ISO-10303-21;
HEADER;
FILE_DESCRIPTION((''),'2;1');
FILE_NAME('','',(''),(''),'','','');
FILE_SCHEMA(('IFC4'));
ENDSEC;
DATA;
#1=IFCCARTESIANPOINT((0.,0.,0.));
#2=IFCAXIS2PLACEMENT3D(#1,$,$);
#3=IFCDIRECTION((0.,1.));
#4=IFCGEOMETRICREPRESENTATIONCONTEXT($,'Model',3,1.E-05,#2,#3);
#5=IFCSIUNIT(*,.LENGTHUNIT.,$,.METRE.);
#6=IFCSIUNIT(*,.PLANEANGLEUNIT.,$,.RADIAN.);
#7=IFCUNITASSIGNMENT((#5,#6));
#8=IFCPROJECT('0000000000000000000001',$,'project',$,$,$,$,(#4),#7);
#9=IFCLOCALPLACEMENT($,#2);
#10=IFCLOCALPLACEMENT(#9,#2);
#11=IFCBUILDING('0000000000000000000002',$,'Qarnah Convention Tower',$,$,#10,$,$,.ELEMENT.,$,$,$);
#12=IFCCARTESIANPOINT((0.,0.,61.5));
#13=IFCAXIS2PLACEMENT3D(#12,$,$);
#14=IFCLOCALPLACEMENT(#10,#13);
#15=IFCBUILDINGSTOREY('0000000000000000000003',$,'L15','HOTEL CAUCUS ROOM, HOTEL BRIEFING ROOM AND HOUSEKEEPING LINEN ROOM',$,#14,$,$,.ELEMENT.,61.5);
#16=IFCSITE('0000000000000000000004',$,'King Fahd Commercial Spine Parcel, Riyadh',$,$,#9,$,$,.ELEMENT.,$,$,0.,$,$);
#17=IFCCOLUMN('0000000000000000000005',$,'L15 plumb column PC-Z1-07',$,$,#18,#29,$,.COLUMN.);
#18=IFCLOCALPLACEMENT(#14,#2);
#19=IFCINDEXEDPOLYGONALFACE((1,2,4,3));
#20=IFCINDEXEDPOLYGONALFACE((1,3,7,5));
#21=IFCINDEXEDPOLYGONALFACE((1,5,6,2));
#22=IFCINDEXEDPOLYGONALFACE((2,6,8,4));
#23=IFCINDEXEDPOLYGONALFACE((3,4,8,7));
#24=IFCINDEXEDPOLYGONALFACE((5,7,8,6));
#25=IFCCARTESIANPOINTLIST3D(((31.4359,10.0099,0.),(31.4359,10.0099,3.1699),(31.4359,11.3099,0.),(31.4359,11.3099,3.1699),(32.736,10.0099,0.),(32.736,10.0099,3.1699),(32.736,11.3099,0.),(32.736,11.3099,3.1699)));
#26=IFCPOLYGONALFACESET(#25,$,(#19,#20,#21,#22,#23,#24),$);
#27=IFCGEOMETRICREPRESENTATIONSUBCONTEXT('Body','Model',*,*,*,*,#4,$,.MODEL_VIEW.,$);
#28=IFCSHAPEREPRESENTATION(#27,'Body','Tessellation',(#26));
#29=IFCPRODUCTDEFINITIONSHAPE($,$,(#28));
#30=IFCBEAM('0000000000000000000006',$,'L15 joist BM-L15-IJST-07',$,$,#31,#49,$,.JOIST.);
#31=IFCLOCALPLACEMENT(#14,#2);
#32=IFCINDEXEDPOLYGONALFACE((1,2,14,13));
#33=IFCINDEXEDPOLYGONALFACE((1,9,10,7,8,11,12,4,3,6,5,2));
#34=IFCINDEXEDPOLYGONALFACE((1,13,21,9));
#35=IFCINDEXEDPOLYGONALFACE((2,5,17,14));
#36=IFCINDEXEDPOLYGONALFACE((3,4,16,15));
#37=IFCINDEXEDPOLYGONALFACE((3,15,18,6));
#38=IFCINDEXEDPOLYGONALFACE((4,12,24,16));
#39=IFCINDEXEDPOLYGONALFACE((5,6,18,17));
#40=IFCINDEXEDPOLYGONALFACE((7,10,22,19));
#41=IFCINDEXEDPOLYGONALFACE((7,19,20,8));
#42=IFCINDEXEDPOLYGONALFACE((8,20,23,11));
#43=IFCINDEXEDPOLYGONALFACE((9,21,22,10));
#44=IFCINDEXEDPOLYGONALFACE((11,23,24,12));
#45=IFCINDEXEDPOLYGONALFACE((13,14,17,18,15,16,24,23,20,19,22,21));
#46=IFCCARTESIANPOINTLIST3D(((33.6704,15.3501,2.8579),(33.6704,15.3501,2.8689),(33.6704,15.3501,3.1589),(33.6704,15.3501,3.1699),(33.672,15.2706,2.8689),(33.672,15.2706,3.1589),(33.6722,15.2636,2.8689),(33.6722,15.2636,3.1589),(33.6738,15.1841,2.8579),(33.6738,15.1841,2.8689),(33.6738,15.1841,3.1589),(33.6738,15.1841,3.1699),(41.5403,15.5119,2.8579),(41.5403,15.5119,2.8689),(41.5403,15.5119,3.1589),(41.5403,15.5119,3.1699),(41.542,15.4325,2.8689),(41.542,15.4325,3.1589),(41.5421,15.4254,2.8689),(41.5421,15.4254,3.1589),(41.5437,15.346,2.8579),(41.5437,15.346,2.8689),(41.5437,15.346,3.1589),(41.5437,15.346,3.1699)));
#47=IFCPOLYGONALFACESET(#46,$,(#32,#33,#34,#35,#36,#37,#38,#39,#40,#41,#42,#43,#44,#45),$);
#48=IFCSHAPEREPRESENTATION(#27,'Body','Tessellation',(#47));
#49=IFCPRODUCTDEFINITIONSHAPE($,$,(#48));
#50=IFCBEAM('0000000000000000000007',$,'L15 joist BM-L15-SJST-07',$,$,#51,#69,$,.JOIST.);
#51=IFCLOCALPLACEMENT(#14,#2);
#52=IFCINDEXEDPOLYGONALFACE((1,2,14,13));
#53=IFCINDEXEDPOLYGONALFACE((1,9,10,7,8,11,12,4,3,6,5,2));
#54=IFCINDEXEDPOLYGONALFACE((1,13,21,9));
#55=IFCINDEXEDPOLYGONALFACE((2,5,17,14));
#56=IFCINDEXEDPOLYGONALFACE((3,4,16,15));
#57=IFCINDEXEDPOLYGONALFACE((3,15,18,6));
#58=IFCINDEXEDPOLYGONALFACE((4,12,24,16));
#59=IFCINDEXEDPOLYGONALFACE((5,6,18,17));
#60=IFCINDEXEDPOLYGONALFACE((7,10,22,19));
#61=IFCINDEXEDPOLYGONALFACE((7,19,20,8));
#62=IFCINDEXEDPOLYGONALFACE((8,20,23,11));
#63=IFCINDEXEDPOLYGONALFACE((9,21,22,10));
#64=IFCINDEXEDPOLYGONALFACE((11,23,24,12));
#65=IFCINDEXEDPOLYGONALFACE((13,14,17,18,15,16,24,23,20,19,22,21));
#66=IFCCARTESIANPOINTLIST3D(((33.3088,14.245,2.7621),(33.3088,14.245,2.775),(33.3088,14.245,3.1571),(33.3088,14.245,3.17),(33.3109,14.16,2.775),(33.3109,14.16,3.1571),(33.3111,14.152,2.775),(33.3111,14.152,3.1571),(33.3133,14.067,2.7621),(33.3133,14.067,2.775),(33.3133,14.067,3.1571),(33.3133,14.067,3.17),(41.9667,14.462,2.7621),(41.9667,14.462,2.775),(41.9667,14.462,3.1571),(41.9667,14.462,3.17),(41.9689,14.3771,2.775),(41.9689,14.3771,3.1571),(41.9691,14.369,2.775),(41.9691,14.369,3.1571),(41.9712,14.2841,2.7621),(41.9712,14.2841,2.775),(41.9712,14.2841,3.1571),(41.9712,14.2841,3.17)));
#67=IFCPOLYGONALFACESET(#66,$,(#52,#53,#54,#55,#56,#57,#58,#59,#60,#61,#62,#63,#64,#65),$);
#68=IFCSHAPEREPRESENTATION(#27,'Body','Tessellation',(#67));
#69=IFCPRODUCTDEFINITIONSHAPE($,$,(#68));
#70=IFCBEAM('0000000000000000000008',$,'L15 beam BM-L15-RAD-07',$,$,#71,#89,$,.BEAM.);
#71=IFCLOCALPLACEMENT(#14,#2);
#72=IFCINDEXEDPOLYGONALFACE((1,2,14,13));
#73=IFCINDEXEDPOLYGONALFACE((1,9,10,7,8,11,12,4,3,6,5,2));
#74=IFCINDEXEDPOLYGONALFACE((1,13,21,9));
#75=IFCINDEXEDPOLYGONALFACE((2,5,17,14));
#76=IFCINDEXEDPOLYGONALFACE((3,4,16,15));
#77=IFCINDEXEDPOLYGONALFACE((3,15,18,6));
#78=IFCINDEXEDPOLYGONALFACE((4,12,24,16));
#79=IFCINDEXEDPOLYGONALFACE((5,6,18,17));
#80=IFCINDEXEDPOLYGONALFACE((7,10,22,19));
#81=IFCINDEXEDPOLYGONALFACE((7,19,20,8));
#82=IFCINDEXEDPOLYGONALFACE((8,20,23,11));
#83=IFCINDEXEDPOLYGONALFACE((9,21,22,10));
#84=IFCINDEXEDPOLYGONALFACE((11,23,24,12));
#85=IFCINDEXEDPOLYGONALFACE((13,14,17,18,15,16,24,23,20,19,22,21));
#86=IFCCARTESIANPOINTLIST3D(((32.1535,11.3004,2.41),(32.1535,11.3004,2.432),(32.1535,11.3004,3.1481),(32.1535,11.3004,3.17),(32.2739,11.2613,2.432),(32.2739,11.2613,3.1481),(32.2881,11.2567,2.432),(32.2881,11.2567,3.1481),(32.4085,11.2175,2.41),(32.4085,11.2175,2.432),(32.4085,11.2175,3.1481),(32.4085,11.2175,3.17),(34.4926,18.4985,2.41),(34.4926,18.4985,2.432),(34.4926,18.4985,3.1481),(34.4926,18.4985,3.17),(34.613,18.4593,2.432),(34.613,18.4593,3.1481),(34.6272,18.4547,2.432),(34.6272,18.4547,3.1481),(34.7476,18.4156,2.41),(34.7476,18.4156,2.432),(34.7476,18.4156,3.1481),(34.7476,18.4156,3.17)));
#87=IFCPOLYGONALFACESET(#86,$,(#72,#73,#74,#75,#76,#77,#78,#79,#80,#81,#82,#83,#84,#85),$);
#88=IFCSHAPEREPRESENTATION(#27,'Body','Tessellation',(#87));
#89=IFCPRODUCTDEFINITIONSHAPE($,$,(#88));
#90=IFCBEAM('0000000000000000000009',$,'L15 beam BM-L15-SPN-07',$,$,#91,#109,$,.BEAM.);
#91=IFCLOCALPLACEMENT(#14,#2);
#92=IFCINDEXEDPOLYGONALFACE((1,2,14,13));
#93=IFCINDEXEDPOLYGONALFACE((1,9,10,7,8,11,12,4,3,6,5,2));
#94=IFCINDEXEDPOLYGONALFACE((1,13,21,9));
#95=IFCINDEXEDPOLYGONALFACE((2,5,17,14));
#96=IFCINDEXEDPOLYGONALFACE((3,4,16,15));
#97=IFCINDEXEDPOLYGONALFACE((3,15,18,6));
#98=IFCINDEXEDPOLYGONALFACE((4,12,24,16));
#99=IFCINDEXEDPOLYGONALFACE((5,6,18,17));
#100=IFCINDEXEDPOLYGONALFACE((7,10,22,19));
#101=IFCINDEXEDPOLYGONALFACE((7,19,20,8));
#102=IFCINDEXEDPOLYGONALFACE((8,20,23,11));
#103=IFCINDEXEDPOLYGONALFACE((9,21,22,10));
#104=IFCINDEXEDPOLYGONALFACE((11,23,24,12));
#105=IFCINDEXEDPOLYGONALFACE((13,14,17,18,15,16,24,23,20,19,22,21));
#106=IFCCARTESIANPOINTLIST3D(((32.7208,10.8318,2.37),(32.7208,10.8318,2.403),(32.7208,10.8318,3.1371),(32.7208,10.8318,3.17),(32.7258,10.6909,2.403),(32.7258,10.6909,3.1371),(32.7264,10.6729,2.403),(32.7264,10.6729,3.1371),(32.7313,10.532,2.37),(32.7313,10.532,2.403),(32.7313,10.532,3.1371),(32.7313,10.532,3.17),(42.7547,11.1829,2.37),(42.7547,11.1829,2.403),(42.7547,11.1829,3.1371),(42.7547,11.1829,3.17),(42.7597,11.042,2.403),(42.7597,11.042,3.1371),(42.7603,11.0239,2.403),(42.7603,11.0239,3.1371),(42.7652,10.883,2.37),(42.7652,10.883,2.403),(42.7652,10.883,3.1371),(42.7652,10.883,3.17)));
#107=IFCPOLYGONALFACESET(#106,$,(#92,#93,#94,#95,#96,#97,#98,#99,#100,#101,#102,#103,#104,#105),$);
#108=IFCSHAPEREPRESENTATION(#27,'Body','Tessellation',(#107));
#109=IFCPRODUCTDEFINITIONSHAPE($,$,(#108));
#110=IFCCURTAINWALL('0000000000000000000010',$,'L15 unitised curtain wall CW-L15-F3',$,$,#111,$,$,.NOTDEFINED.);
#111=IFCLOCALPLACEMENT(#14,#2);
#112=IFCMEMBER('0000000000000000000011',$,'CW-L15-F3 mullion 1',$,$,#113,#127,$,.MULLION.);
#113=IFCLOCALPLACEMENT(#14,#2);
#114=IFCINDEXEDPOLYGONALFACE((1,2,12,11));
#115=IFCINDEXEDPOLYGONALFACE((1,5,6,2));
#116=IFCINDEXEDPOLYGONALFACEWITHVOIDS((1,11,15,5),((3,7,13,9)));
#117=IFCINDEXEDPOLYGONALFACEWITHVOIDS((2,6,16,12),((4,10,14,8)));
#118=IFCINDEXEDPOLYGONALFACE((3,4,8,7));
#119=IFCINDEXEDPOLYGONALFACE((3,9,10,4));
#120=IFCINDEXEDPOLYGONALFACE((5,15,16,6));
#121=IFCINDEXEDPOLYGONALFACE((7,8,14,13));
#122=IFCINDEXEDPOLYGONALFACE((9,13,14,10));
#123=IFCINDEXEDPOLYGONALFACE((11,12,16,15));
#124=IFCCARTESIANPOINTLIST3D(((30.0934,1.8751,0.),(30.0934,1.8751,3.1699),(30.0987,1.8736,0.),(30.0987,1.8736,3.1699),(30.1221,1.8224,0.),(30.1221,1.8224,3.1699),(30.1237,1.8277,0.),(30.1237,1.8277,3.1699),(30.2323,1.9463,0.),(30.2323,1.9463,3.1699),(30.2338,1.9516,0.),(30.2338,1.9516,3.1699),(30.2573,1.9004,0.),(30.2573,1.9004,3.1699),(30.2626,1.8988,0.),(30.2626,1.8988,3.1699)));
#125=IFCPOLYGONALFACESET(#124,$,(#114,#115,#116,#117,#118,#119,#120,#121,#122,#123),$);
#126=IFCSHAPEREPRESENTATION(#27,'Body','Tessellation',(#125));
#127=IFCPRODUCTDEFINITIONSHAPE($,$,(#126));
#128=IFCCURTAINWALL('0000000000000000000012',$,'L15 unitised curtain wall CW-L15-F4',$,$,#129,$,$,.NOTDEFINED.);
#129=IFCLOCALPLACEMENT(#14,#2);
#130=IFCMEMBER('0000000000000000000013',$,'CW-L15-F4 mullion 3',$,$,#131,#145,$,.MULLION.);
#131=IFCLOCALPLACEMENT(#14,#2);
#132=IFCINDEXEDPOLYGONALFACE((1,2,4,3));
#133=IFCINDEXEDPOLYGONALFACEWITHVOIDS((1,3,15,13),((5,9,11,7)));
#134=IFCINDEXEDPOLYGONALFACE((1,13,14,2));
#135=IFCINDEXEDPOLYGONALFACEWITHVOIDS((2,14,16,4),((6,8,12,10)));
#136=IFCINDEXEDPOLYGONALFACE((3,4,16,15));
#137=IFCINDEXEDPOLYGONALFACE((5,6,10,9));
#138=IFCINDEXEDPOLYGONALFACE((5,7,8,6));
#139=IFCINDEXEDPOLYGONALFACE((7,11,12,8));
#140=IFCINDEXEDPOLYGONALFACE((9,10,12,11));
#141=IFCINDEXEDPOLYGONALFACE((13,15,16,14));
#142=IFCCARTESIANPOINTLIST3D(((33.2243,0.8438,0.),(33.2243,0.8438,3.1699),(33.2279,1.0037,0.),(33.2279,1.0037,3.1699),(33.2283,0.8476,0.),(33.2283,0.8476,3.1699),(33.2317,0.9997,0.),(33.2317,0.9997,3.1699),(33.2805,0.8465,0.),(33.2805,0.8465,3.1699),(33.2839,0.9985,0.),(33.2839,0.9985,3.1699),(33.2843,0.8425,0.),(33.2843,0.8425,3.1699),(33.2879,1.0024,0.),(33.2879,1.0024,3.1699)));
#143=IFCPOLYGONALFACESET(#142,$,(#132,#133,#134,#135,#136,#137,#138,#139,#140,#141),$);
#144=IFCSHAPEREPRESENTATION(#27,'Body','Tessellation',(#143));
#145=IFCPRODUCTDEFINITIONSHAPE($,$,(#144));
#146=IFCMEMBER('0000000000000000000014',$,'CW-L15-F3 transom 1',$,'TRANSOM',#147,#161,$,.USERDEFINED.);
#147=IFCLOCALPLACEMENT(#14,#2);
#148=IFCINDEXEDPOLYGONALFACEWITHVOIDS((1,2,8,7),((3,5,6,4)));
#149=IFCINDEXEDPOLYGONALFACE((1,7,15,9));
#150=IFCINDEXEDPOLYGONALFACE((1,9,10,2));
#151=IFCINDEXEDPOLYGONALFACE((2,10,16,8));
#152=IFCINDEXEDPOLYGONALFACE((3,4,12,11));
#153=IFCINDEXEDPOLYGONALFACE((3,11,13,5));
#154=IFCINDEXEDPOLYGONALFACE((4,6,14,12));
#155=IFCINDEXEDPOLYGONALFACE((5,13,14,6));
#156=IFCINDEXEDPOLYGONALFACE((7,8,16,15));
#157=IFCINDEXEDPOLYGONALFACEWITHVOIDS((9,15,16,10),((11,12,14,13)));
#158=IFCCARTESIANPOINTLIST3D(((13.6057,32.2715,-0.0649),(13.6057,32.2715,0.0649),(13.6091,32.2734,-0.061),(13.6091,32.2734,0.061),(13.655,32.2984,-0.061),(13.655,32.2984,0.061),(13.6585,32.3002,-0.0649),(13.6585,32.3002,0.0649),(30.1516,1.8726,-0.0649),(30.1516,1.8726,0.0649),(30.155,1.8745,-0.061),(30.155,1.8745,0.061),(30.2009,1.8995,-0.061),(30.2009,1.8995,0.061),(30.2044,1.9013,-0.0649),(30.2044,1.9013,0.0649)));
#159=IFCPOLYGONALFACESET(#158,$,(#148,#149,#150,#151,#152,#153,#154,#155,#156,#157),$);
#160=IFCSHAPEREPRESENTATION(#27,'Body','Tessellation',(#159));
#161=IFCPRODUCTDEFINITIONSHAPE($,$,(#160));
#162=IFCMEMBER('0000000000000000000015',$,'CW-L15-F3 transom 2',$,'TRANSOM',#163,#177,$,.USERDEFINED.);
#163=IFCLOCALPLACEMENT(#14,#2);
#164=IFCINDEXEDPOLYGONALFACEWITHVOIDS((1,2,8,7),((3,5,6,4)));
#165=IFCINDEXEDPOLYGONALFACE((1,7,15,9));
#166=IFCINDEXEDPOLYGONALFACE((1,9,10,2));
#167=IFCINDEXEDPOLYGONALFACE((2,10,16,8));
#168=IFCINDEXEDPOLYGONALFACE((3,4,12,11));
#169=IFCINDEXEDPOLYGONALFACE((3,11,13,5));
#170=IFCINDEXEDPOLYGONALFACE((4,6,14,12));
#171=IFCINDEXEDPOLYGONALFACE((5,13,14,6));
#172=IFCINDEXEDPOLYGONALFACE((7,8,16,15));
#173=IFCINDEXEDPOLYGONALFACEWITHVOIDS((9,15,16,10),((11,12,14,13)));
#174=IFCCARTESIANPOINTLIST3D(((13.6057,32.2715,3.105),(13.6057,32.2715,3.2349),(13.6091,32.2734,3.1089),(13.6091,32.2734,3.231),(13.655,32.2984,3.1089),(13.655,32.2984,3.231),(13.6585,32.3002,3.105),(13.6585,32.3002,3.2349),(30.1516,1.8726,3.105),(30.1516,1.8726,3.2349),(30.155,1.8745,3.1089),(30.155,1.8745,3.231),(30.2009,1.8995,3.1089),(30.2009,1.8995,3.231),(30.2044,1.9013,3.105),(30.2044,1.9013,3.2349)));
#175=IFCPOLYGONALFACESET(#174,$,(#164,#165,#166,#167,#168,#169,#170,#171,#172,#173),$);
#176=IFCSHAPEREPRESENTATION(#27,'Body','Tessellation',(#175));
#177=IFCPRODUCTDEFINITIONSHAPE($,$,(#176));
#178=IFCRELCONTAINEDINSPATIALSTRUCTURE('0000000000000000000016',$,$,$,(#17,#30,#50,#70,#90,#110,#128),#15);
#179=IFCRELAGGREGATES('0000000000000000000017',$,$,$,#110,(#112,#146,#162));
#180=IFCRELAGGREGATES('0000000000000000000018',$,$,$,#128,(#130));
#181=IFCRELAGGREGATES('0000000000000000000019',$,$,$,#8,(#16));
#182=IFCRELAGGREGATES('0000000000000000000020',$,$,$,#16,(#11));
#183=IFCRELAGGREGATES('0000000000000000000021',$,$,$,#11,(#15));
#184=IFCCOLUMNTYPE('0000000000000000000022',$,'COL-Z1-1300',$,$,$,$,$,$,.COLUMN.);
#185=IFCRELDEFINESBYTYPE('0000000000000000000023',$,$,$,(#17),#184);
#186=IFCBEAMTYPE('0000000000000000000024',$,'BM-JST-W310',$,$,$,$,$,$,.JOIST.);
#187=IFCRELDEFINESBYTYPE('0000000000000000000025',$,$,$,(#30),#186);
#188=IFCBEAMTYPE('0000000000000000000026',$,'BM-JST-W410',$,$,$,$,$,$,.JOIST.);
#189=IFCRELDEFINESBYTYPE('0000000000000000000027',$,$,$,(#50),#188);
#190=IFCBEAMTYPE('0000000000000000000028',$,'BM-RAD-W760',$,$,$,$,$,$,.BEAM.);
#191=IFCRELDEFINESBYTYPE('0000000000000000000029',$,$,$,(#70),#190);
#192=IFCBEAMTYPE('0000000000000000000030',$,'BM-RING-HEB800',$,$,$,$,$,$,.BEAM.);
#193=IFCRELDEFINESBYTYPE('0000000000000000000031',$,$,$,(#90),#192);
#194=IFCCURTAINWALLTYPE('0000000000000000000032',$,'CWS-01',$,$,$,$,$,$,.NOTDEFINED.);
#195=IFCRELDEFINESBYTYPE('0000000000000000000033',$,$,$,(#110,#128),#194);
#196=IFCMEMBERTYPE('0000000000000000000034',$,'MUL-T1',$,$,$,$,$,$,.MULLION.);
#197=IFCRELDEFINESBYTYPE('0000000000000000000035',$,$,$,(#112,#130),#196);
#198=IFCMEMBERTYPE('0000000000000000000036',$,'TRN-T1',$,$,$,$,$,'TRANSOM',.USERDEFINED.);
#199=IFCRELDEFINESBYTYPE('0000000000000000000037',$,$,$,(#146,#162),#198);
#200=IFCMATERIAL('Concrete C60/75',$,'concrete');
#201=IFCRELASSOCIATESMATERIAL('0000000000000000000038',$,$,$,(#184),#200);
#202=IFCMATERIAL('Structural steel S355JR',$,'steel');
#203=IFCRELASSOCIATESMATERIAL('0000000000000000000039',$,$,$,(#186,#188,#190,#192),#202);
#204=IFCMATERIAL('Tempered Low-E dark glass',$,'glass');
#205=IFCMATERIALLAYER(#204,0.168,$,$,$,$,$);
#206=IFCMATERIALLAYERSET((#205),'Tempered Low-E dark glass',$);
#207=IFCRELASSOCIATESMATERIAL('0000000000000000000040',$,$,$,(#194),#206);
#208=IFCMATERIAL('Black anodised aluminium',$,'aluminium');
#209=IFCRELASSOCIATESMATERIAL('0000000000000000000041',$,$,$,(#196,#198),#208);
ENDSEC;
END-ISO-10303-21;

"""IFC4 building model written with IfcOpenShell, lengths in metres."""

from ifc_helpers import new_model, si_unit, direction, frame, origin, origin_2d, place, context, subcontext, project, spatial, rectangle, hollow_rectangle, i_section, extrude, material, layer, layer_set, material_profile, profile_set, type_object, element, aggregate, save


model = new_model("IFC4")

# Units and contexts
model_context = context("Model", 3, precision=1e-05, world=origin(), true_north=direction((0.0, 1.0)))
body_context = subcontext(model_context, "Body", "Model", "MODEL_VIEW")
ifc_project = project(units=[si_unit("LENGTHUNIT", "METRE"), si_unit("PLANEANGLEUNIT", "RADIAN")], contexts=[model_context])

# Site, building, storey
site_placement = place(None, origin())
site = spatial("IfcSite", under=ifc_project, at=site_placement, Name="King Fahd Commercial Spine Parcel, Riyadh", CompositionType="ELEMENT", RefElevation=0.0)
building_placement = place(site_placement, origin())
building = spatial("IfcBuilding", under=site, at=building_placement, Name="Qarnah Convention Tower", CompositionType="ELEMENT")
storey_placement = place(building_placement, frame((0.0, 0.0, 61.5)))
storey = spatial("IfcBuildingStorey", under=building, at=storey_placement, Name="L15", Description="HOTEL CAUCUS ROOM, HOTEL BRIEFING ROOM AND HOUSEKEEPING LINEN ROOM", CompositionType="ELEMENT", Elevation=61.5)

# Column
ifc_material_1 = material(Name="Concrete C60/75", Category="concrete")
ifc_material_profile_1 = material_profile(ifc_material_1, rectangle(XDim=1.3, YDim=1.3, at=origin_2d()), Name="RC-COL-1300X1300")
ifc_profile_set_1 = profile_set([ifc_material_profile_1], Name="Concrete C60/75")
column_type = type_object("IfcColumnType", Name="COL-Z1-1300", PredefinedType="COLUMN", material=ifc_profile_set_1)
column_placement = place(storey_placement, frame((32.0859, 10.6599, 0.0), z_axis=(0.0, 0.0, 1.0), x_axis=(1.0, 0.0, 0.0)))
element("IfcColumn", 1, at=column_placement, inside=storey, type_object=column_type, Name="L15 plumb column PC-Z1-07", PredefinedType="COLUMN", context=body_context, shape_type="SweptSolid", body=[
    extrude(rectangle(XDim=1.3, YDim=1.3, at=origin_2d()), origin(), (0.0, 0.0, 1.0), 3.1699),
])

# Beams
ifc_material_2 = material(Name="Structural steel S355JR", Category="steel")
ifc_material_profile_2 = material_profile(ifc_material_2, i_section(OverallWidth=0.166, OverallDepth=0.312, WebThickness=0.0071, FlangeThickness=0.011, at=origin_2d()), Name="W310X45")
ifc_profile_set_2 = profile_set([ifc_material_profile_2], Name="Structural steel S355JR")
beam_type_1 = type_object("IfcBeamType", Name="BM-JST-W310", PredefinedType="JOIST", material=ifc_profile_set_2)
beam_1_placement = place(storey_placement, frame((33.6721, 15.2671, 3.0139), z_axis=(0.999789, 0.020563, 0.0), x_axis=(-0.020563, 0.999789, 0.0)))
element("IfcBeam", 2, at=beam_1_placement, inside=storey, type_object=beam_type_1, Name="L15 joist BM-L15-IJST-07", PredefinedType="JOIST", context=body_context, shape_type="SweptSolid", body=[
    extrude(i_section(OverallWidth=0.166, OverallDepth=0.312, WebThickness=0.0071, FlangeThickness=0.011, at=origin_2d()), origin(), (0.0, 0.0, 1.0), 7.8716),
])
ifc_material_profile_3 = material_profile(ifc_material_2, i_section(OverallWidth=0.178, OverallDepth=0.408, WebThickness=0.0081, FlangeThickness=0.0129, at=origin_2d()), Name="W410X60")
ifc_profile_set_3 = profile_set([ifc_material_profile_3], Name="Structural steel S355JR")
beam_type_2 = type_object("IfcBeamType", Name="BM-JST-W410", PredefinedType="JOIST", material=ifc_profile_set_3)
beam_2_placement = place(storey_placement, frame((33.311, 14.156, 2.9661), z_axis=(0.999686, 0.025061, 0.0), x_axis=(-0.025061, 0.999686, 0.0)))
element("IfcBeam", 3, at=beam_2_placement, inside=storey, type_object=beam_type_2, Name="L15 joist BM-L15-SJST-07", PredefinedType="JOIST", context=body_context, shape_type="SweptSolid", body=[
    extrude(i_section(OverallWidth=0.178, OverallDepth=0.408, WebThickness=0.0081, FlangeThickness=0.0129, at=origin_2d()), origin(), (0.0, 0.0, 1.0), 8.6606),
])
ifc_material_profile_4 = material_profile(ifc_material_2, i_section(OverallWidth=0.2681, OverallDepth=0.76, WebThickness=0.0149, FlangeThickness=0.022, at=origin_2d()), Name="W760X185")
ifc_profile_set_4 = profile_set([ifc_material_profile_4], Name="Structural steel S355JR")
beam_type_3 = type_object("IfcBeamType", Name="BM-RAD-W760", PredefinedType="BEAM", material=ifc_profile_set_4)
beam_3_placement = place(storey_placement, frame((34.6201, 18.457, 2.79), z_axis=(-0.309058, -0.951043, 0.0), x_axis=(0.951043, -0.309058, 0.0)))
element("IfcBeam", 4, at=beam_3_placement, inside=storey, type_object=beam_type_3, Name="L15 beam BM-L15-RAD-07", PredefinedType="BEAM", context=body_context, shape_type="SweptSolid", body=[
    extrude(i_section(OverallWidth=0.2681, OverallDepth=0.76, WebThickness=0.0149, FlangeThickness=0.022, at=origin_2d()), origin(), (0.0, 0.0, 1.0), 7.5686),
])
ifc_material_profile_5 = material_profile(ifc_material_2, i_section(OverallWidth=0.3, OverallDepth=0.8, WebThickness=0.0181, FlangeThickness=0.033, at=origin_2d()), Name="HEB800")
ifc_profile_set_5 = profile_set([ifc_material_profile_5], Name="Structural steel S355JR")
beam_type_4 = type_object("IfcBeamType", Name="BM-RING-HEB800", PredefinedType="BEAM", material=ifc_profile_set_5)
beam_4_placement = place(storey_placement, frame((32.7261, 10.6819, 2.77), z_axis=(0.999388, 0.034967, 0.0), x_axis=(-0.034967, 0.999388, 0.0)))
element("IfcBeam", 5, at=beam_4_placement, inside=storey, type_object=beam_type_4, Name="L15 beam BM-L15-SPN-07", PredefinedType="BEAM", context=body_context, shape_type="SweptSolid", body=[
    extrude(i_section(OverallWidth=0.3, OverallDepth=0.8, WebThickness=0.0181, FlangeThickness=0.033, at=origin_2d()), origin(), (0.0, 0.0, 1.0), 10.04),
])

# Curtain walls, members
ifc_material_3 = material(Name="Tempered Low-E dark glass", Category="glass")
ifc_layer_1 = layer(ifc_material_3, 0.168)
ifc_layer_set_1 = layer_set([ifc_layer_1], Name="Tempered Low-E dark glass")
curtain_wall_type = type_object("IfcCurtainWallType", Name="CWS-01", PredefinedType="NOTDEFINED", material=ifc_layer_set_1)
curtain_wall_1_placement = place(storey_placement, origin())
curtain_wall_1 = element("IfcCurtainWall", 6, at=curtain_wall_1_placement, inside=storey, type_object=curtain_wall_type, Name="L15 unitised curtain wall CW-L15-F3", PredefinedType="NOTDEFINED")
ifc_material_4 = material(Name="Black anodised aluminium", Category="aluminium")
ifc_material_profile_6 = material_profile(ifc_material_4, hollow_rectangle(XDim=0.0601, YDim=0.1599, WallThickness=0.0039, at=origin_2d()), Name="MUL-60X160")
ifc_profile_set_6 = profile_set([ifc_material_profile_6], Name="Black anodised aluminium")
member_type_1 = type_object("IfcMemberType", Name="MUL-T1", PredefinedType="MULLION", material=ifc_profile_set_6)
member_1_placement = place(storey_placement, frame((30.178, 1.887, 0.0), z_axis=(0.0, 0.0, 1.0), x_axis=(-0.478066, 0.878324, 0.0)))
member_1 = element("IfcMember", 7, at=member_1_placement, type_object=member_type_1, Name="CW-L15-F3 mullion 1", PredefinedType="MULLION", context=body_context, shape_type="SweptSolid", body=[
    extrude(hollow_rectangle(XDim=0.0601, YDim=0.1599, WallThickness=0.0039, at=origin_2d()), origin(), (0.0, 0.0, 1.0), 3.1699),
])
curtain_wall_2_placement = place(storey_placement, origin())
curtain_wall_2 = element("IfcCurtainWall", 8, at=curtain_wall_2_placement, inside=storey, type_object=curtain_wall_type, Name="L15 unitised curtain wall CW-L15-F4", PredefinedType="NOTDEFINED")
member_2_placement = place(storey_placement, frame((33.2561, 0.9231, 0.0), z_axis=(0.0, 0.0, 1.0), x_axis=(-0.999749, 0.022394, 0.0)))
member_2 = element("IfcMember", 9, at=member_2_placement, type_object=member_type_1, Name="CW-L15-F4 mullion 3", PredefinedType="MULLION", context=body_context, shape_type="SweptSolid", body=[
    extrude(hollow_rectangle(XDim=0.0601, YDim=0.1599, WallThickness=0.0039, at=origin_2d()), origin(), (0.0, 0.0, 1.0), 3.1699),
])

# Members
ifc_material_profile_7 = material_profile(ifc_material_4, hollow_rectangle(XDim=0.0601, YDim=0.1299, WallThickness=0.0039, at=origin_2d()), Name="TRN-60X130")
ifc_profile_set_7 = profile_set([ifc_material_profile_7], Name="Black anodised aluminium")
member_type_2 = type_object("IfcMemberType", Name="TRN-T1", ElementType="TRANSOM", PredefinedType="USERDEFINED", material=ifc_profile_set_7)
member_3_placement = place(storey_placement, frame((30.178, 1.887, 0.0), z_axis=(-0.478065, 0.878324, 0.0), x_axis=(-0.878324, -0.478065, 0.0)))
member_3 = element("IfcMember", 10, at=member_3_placement, type_object=member_type_2, Name="CW-L15-F3 transom 1", ObjectType="TRANSOM", PredefinedType="USERDEFINED", context=body_context, shape_type="SweptSolid", body=[
    extrude(hollow_rectangle(XDim=0.0601, YDim=0.1299, WallThickness=0.0039, at=origin_2d()), origin(), (0.0, 0.0, 1.0), 34.6101),
])
member_4_placement = place(storey_placement, frame((30.178, 1.887, 3.1699), z_axis=(-0.478065, 0.878324, 0.0), x_axis=(-0.878324, -0.478065, 0.0)))
member_4 = element("IfcMember", 11, at=member_4_placement, type_object=member_type_2, Name="CW-L15-F3 transom 2", ObjectType="TRANSOM", PredefinedType="USERDEFINED", context=body_context, shape_type="SweptSolid", body=[
    extrude(hollow_rectangle(XDim=0.0601, YDim=0.1299, WallThickness=0.0039, at=origin_2d()), origin(), (0.0, 0.0, 1.0), 34.6101),
])

aggregate(curtain_wall_1, [member_1, member_3, member_4])
aggregate(curtain_wall_2, [member_2])

save(model, "model.ifc")
